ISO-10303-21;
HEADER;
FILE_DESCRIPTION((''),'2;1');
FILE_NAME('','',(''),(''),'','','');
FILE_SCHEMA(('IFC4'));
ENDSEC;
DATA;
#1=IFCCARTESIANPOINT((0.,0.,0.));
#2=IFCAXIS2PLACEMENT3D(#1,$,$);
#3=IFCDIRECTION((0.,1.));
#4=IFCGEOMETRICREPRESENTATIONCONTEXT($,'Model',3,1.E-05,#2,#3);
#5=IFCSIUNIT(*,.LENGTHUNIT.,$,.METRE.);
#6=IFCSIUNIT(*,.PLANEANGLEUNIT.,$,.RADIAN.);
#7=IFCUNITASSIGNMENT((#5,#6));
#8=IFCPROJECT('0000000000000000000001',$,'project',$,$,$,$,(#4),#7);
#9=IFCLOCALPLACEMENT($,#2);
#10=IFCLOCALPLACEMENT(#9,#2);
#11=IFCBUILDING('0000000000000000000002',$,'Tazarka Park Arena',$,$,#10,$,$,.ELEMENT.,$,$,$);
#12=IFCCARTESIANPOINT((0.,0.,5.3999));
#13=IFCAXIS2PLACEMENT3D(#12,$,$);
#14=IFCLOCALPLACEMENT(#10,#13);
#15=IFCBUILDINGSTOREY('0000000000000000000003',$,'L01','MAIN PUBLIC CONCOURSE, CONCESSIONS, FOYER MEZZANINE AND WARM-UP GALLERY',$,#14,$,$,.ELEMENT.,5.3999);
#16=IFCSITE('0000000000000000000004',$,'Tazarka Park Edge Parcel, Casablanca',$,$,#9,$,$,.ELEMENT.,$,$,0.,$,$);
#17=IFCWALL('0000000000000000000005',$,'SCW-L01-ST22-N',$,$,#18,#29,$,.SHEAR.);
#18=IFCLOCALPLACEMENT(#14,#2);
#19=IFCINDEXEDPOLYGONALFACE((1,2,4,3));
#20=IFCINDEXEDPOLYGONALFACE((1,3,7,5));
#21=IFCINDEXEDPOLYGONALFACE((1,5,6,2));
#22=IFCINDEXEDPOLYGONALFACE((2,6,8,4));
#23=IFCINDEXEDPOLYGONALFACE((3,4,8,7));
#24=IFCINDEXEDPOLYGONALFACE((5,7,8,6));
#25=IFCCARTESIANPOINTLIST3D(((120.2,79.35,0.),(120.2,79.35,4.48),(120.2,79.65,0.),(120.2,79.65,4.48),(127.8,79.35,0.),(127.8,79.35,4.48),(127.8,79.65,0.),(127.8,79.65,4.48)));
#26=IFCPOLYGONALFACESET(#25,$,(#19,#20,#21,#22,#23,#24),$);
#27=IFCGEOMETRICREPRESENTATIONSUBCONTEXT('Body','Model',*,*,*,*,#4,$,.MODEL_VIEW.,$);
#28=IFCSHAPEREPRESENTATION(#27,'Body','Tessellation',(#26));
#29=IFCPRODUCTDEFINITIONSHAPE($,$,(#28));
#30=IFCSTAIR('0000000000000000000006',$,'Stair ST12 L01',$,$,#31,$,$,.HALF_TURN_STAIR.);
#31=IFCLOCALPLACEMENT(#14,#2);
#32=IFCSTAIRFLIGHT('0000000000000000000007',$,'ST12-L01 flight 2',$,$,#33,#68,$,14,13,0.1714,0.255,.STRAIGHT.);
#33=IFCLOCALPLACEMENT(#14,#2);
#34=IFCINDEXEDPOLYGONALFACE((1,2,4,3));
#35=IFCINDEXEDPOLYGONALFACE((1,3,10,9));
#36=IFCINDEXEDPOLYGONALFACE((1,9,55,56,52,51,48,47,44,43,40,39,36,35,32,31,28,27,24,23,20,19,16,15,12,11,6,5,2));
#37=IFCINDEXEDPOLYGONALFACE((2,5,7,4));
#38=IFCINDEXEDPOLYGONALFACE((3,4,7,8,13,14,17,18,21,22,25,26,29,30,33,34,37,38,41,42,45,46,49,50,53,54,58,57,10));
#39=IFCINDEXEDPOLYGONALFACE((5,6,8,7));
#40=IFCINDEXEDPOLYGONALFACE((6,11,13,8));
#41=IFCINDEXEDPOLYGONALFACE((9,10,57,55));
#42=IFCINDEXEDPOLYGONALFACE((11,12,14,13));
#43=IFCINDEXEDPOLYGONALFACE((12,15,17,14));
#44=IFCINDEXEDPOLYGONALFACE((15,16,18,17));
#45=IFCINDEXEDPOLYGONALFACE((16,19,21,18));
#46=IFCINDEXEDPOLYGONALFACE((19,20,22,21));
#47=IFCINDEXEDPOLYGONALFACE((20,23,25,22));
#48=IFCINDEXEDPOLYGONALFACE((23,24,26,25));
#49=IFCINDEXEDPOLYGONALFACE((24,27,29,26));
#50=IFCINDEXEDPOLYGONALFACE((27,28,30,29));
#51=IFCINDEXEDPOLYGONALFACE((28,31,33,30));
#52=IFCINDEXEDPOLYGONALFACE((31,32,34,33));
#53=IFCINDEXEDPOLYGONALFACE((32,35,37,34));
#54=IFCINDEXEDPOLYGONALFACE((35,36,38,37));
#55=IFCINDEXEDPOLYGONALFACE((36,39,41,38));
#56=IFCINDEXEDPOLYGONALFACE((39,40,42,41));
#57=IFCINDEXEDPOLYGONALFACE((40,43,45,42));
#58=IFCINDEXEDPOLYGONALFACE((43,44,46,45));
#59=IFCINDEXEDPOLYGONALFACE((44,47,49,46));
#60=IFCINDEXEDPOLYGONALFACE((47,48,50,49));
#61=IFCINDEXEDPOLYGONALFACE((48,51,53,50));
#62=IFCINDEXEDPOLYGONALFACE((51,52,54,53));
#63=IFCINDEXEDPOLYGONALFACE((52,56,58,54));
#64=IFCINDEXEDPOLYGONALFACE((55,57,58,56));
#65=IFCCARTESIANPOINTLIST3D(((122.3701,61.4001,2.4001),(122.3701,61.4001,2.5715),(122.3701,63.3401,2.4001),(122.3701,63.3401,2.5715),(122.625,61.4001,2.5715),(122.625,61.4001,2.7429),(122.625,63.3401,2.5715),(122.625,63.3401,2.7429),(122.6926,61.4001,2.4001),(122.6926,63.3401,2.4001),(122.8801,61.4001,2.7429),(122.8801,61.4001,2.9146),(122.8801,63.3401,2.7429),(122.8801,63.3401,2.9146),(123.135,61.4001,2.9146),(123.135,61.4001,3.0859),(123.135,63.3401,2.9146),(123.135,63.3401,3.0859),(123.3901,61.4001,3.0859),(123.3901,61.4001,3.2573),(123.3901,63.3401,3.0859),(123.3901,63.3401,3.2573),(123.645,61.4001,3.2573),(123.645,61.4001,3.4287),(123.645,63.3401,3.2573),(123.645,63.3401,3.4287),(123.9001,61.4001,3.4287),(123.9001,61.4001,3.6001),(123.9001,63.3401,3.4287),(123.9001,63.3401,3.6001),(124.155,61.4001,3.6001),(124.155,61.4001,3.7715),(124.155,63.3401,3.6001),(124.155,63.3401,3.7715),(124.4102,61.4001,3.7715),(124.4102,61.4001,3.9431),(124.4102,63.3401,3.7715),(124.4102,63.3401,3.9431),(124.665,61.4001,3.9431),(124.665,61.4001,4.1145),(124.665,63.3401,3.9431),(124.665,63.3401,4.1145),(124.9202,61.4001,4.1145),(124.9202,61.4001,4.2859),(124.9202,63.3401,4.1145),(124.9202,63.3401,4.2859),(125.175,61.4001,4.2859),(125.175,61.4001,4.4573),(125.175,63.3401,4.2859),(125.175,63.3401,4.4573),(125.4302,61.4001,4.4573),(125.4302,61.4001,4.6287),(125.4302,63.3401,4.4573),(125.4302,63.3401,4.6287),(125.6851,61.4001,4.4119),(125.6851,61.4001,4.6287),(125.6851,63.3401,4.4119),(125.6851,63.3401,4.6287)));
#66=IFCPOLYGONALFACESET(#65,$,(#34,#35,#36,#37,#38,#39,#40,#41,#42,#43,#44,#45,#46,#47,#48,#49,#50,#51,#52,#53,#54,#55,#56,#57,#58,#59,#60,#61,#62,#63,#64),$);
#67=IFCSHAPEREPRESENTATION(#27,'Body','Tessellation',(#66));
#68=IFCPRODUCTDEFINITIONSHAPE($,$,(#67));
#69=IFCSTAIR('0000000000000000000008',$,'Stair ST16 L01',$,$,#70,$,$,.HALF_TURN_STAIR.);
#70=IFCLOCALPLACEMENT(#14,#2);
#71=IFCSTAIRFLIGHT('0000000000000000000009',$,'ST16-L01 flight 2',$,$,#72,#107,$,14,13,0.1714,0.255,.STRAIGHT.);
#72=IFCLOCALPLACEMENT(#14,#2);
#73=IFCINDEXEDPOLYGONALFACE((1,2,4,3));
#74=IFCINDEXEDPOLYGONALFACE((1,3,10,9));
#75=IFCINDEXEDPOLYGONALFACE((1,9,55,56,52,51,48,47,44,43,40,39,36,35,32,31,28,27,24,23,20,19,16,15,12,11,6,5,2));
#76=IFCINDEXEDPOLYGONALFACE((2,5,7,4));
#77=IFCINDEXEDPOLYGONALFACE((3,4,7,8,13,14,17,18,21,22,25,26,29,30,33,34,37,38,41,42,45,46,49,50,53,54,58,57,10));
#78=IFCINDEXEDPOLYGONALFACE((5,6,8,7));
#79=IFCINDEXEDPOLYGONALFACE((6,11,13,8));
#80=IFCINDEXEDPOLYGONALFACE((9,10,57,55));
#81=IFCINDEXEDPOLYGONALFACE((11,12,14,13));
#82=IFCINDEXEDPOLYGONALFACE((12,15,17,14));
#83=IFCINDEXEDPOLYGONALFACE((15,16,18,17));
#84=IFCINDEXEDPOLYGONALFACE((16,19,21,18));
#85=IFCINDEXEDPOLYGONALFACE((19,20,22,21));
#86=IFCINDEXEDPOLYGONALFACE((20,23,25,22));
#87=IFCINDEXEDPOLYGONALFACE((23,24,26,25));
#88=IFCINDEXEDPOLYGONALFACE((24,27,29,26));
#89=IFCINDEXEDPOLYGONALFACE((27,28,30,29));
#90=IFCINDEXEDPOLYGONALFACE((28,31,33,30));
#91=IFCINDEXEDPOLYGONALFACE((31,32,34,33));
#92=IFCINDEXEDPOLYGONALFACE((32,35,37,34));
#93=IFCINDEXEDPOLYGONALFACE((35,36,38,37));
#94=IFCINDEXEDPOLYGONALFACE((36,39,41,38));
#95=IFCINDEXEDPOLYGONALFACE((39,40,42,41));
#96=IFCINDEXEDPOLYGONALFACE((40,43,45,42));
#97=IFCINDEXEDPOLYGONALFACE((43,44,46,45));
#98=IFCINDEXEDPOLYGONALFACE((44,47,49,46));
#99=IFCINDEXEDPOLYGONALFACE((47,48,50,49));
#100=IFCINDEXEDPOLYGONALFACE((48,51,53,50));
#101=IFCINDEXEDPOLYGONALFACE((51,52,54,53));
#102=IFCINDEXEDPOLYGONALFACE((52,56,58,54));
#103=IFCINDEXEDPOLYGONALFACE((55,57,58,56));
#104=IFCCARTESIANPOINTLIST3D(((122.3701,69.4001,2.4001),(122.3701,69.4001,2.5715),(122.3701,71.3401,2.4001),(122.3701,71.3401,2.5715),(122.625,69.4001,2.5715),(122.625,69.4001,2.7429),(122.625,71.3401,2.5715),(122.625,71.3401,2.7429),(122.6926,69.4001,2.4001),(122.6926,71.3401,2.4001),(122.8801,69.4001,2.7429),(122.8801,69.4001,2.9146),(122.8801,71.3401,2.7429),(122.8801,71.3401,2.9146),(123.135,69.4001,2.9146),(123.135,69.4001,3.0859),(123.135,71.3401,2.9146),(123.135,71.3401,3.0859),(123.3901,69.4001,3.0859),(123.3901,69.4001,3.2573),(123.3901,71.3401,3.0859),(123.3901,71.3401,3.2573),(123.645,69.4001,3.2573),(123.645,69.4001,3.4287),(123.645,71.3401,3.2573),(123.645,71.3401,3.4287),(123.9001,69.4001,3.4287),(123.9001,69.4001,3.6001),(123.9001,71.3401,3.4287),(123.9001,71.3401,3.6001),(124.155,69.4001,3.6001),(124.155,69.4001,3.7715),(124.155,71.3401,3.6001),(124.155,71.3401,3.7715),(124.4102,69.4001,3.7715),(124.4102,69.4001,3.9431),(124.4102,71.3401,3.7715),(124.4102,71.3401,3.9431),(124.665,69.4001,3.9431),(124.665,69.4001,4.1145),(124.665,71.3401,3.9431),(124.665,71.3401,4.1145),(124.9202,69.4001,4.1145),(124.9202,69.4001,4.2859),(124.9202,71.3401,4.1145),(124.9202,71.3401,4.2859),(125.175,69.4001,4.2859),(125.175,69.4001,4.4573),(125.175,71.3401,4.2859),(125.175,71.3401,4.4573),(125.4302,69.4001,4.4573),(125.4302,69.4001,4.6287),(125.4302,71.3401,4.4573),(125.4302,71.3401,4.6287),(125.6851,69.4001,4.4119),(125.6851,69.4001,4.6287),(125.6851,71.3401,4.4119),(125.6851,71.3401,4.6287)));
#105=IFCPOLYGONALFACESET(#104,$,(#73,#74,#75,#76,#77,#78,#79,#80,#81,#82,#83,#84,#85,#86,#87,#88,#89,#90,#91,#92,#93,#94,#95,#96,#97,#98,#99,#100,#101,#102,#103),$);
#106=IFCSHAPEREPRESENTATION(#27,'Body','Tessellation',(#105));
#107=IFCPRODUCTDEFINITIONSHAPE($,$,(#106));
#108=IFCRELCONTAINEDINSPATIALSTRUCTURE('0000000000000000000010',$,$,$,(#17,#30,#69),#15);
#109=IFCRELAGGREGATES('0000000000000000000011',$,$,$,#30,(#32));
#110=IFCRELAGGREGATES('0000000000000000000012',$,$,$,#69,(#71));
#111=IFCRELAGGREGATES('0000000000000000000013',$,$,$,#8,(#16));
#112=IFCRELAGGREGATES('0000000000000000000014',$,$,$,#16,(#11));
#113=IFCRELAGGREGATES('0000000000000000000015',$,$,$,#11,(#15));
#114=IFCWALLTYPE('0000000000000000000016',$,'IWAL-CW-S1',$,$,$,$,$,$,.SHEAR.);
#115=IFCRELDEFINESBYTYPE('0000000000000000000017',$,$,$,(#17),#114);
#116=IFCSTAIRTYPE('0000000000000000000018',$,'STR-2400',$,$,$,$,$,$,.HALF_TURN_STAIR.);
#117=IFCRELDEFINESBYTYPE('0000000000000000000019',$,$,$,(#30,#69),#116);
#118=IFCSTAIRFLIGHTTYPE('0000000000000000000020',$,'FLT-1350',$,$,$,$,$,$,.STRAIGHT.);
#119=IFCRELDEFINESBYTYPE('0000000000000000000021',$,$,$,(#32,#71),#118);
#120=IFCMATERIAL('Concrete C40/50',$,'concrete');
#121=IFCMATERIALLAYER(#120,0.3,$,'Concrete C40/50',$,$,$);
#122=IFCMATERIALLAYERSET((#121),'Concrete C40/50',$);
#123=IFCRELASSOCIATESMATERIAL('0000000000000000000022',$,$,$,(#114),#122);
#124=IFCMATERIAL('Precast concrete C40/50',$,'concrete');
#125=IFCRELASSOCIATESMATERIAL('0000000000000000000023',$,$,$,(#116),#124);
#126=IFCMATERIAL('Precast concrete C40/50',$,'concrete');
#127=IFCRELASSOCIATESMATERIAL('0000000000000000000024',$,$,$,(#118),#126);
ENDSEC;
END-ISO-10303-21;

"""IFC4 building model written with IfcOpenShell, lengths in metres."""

from ifc_helpers import new_model, si_unit, direction, frame, frame_2d, origin, place, context, subcontext, project, spatial, polyline, rectangle, outline, extrude, material, layer, layer_set, type_object, element, aggregate, save


model = new_model("IFC4")

# Units and contexts
model_context = context("Model", 3, precision=1e-05, world=origin(), true_north=direction((0.0, 1.0)))
body_context = subcontext(model_context, "Body", "Model", "MODEL_VIEW")
ifc_project = project(units=[si_unit("LENGTHUNIT", "METRE"), si_unit("PLANEANGLEUNIT", "RADIAN")], contexts=[model_context])

# Site, building, storey
site_placement = place(None, origin())
site = spatial("IfcSite", under=ifc_project, at=site_placement, Name="Tazarka Park Edge Parcel, Casablanca", CompositionType="ELEMENT", RefElevation=0.0)
building_placement = place(site_placement, origin())
building = spatial("IfcBuilding", under=site, at=building_placement, Name="Tazarka Park Arena", CompositionType="ELEMENT")
storey_placement = place(building_placement, frame((0.0, 0.0, 5.3999)))
storey = spatial("IfcBuildingStorey", under=building, at=storey_placement, Name="L01", Description="MAIN PUBLIC CONCOURSE, CONCESSIONS, FOYER MEZZANINE AND WARM-UP GALLERY", CompositionType="ELEMENT", Elevation=5.3999)

# Wall
ifc_material_1 = material(Name="Concrete C40/50", Category="concrete")
ifc_layer = layer(ifc_material_1, 0.3, Name="Concrete C40/50")
ifc_layer_set = layer_set([ifc_layer], Name="Concrete C40/50")
wall_type = type_object("IfcWallType", Name="IWAL-CW-S1", PredefinedType="SHEAR", material=ifc_layer_set)
wall_1_placement = place(storey_placement, frame((120.2, 79.5, 0.0), z_axis=(0.0, 0.0, 1.0), x_axis=(1.0, 0.0, 0.0)))
element("IfcWall", 1, at=wall_1_placement, inside=storey, type_object=wall_type, Name="SCW-L01-ST22-N", PredefinedType="SHEAR", context=body_context, shape_type="SweptSolid", body=[
    extrude(rectangle(XDim=7.6001, YDim=0.3, at=frame_2d((3.8, 0.0))), origin(), (0.0, 0.0, 1.0), 4.48),
])

# Stairs, stair flights
ifc_material_2 = material(Name="Precast concrete C40/50", Category="concrete")
stair_type = type_object("IfcStairType", Name="STR-2400", PredefinedType="HALF_TURN_STAIR", material=ifc_material_2)
stair_1_placement = place(storey_placement, origin())
stair_1 = element("IfcStair", 2, at=stair_1_placement, inside=storey, type_object=stair_type, Name="Stair ST12 L01", PredefinedType="HALF_TURN_STAIR")
ifc_material_3 = material(Name="Precast concrete C40/50", Category="concrete")
stair_flight_type = type_object("IfcStairFlightType", Name="FLT-1350", PredefinedType="STRAIGHT", material=ifc_material_3)
stair_flight_1_placement = place(storey_placement, frame((122.3701, 62.3701, 2.4001), z_axis=(0.0, 0.0, 1.0), x_axis=(1.0, 0.0, 0.0)))
stair_flight_1 = element("IfcStairFlight", 3, at=stair_flight_1_placement, type_object=stair_flight_type, Name="ST12-L01 flight 2", NumberOfRisers=14, NumberOfTreads=13, PredefinedType="STRAIGHT", RiserHeight=0.1714, TreadLength=0.255, context=body_context, shape_type="SweptSolid", body=[
    extrude(outline(polyline([(0.0, 0.0), (0.0, 0.1714), (0.2549, 0.1714), (0.2549, 0.3428), (0.51, 0.3428), (0.51, 0.5144), (0.7649, 0.5144), (0.7649, 0.6858), (1.02, 0.6858), (1.02, 0.8572), (1.2749, 0.8572), (1.2749, 1.0286), (1.53, 1.0286), (1.53, 1.2), (1.7849, 1.2), (1.7849, 1.3713), (2.04, 1.3713), (2.04, 1.543), (2.2949, 1.543), (2.2949, 1.7144), (2.55, 1.7144), (2.55, 1.8857), (2.8049, 1.8857), (2.8049, 2.0571), (3.0601, 2.0571), (3.0601, 2.2285), (3.3149, 2.2285), (3.3149, 2.3999), (3.3149, 2.0117), (0.3225, 0.0), (0.0, 0.0)])), frame((0.0, 0.97, 0.0), z_axis=(0.0, -1.0, 0.0), x_axis=(1.0, 0.0, 0.0)), (0.0, 0.0, 1.0), 1.9399),
])
aggregate(stair_1, [stair_flight_1])
stair_2_placement = place(storey_placement, origin())
stair_2 = element("IfcStair", 4, at=stair_2_placement, inside=storey, type_object=stair_type, Name="Stair ST16 L01", PredefinedType="HALF_TURN_STAIR")
stair_flight_2_placement = place(storey_placement, frame((122.3701, 70.3701, 2.4001), z_axis=(0.0, 0.0, 1.0), x_axis=(1.0, 0.0, 0.0)))
stair_flight_2 = element("IfcStairFlight", 5, at=stair_flight_2_placement, type_object=stair_flight_type, Name="ST16-L01 flight 2", NumberOfRisers=14, NumberOfTreads=13, PredefinedType="STRAIGHT", RiserHeight=0.1714, TreadLength=0.255, context=body_context, shape_type="SweptSolid", body=[
    extrude(outline(polyline([(0.0, 0.0), (0.0, 0.1714), (0.2549, 0.1714), (0.2549, 0.3428), (0.51, 0.3428), (0.51, 0.5144), (0.7649, 0.5144), (0.7649, 0.6858), (1.02, 0.6858), (1.02, 0.8572), (1.2749, 0.8572), (1.2749, 1.0286), (1.53, 1.0286), (1.53, 1.2), (1.7849, 1.2), (1.7849, 1.3713), (2.04, 1.3713), (2.04, 1.543), (2.2949, 1.543), (2.2949, 1.7144), (2.55, 1.7144), (2.55, 1.8857), (2.8049, 1.8857), (2.8049, 2.0571), (3.0601, 2.0571), (3.0601, 2.2285), (3.3149, 2.2285), (3.3149, 2.3999), (3.3149, 2.0117), (0.3225, 0.0), (0.0, 0.0)])), frame((0.0, 0.97, 0.0), z_axis=(0.0, -1.0, 0.0), x_axis=(1.0, 0.0, 0.0)), (0.0, 0.0, 1.0), 1.9399),
])
aggregate(stair_2, [stair_flight_2])

save(model, "model.ifc")
